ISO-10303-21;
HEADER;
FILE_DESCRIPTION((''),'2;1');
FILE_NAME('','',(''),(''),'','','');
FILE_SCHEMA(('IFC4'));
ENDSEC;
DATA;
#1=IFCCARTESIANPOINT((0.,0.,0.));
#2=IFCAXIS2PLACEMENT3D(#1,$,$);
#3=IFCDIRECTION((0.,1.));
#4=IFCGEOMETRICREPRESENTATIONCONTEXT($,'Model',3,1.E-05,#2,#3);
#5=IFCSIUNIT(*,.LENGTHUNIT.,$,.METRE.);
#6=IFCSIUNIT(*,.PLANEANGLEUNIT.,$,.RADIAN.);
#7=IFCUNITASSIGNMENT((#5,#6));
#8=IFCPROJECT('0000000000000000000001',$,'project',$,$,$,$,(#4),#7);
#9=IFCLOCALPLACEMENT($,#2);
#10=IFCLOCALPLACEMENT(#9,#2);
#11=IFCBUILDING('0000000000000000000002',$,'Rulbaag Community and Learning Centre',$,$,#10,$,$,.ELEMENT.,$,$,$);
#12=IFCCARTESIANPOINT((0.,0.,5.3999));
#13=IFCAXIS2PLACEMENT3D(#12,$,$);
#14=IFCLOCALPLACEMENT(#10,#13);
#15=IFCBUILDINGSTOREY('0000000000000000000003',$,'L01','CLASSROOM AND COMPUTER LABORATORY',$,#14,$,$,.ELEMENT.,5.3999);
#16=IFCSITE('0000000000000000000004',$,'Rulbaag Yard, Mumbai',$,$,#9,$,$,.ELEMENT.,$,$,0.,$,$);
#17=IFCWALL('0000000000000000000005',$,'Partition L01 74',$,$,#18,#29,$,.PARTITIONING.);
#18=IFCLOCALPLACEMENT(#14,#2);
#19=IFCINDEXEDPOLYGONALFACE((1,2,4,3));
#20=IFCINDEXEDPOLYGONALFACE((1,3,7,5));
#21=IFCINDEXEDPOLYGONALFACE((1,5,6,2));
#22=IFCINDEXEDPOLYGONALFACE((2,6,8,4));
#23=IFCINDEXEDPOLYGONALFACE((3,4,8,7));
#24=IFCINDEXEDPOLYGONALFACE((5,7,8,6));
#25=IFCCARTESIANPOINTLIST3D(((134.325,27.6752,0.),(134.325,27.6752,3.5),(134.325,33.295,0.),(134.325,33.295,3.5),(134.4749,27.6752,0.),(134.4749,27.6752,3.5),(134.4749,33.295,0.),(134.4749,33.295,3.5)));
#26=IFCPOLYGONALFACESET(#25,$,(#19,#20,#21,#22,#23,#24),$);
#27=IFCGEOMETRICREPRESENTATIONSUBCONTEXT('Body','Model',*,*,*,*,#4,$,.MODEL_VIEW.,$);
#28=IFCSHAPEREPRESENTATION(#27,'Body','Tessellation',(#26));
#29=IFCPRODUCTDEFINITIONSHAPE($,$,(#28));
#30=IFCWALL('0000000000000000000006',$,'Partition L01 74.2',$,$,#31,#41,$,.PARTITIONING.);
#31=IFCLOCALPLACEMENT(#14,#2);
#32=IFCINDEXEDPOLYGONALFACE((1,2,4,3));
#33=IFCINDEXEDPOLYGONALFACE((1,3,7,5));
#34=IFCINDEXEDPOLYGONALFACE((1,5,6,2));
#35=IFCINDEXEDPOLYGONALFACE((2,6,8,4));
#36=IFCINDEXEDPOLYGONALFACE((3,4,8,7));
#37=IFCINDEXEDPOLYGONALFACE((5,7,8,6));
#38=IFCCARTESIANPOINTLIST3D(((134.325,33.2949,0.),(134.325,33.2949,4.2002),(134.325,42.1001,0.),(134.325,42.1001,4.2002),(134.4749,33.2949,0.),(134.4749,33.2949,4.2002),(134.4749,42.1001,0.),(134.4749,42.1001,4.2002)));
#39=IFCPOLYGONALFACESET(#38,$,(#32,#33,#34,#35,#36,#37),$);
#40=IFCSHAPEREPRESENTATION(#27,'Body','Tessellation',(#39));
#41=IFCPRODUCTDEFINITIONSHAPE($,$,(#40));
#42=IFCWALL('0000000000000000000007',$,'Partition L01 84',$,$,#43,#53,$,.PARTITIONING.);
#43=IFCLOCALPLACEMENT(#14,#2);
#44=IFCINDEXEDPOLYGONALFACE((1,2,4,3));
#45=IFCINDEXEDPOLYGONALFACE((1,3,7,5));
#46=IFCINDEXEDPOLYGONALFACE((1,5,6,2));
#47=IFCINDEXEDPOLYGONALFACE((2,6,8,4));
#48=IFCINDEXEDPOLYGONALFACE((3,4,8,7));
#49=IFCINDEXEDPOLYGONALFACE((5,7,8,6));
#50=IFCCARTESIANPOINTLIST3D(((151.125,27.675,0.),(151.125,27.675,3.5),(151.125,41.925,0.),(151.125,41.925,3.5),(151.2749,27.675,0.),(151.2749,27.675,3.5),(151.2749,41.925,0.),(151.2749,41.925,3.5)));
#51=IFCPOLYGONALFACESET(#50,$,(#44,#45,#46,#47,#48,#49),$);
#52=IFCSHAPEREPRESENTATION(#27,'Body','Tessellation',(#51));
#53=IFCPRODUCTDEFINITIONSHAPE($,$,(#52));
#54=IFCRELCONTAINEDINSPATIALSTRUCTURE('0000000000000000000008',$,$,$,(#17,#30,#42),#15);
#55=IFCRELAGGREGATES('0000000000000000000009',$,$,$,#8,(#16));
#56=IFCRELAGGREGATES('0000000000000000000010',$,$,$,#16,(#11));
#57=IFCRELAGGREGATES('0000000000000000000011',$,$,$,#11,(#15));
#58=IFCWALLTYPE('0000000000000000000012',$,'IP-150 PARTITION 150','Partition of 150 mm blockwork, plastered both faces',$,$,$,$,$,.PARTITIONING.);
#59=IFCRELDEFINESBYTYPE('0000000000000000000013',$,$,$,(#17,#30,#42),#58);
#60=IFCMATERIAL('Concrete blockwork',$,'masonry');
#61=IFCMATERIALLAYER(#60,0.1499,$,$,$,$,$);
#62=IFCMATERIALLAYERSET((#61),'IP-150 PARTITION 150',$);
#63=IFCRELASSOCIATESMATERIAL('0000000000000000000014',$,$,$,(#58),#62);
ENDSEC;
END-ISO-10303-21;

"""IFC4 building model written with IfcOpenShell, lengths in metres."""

from ifc_helpers import new_model, si_unit, direction, frame, frame_2d, origin, place, context, subcontext, project, spatial, rectangle, extrude, material, layer, layer_set, type_object, element, save


model = new_model("IFC4")

# Units and contexts
model_context = context("Model", 3, precision=1e-05, world=origin(), true_north=direction((0.0, 1.0)))
body_context = subcontext(model_context, "Body", "Model", "MODEL_VIEW")
ifc_project = project(units=[si_unit("LENGTHUNIT", "METRE"), si_unit("PLANEANGLEUNIT", "RADIAN")], contexts=[model_context])

# Site, building, storey
site_placement = place(None, origin())
site = spatial("IfcSite", under=ifc_project, at=site_placement, Name="Rulbaag Yard, Mumbai", CompositionType="ELEMENT", RefElevation=0.0)
building_placement = place(site_placement, origin())
building = spatial("IfcBuilding", under=site, at=building_placement, Name="Rulbaag Community and Learning Centre", CompositionType="ELEMENT")
storey_placement = place(building_placement, frame((0.0, 0.0, 5.3999)))
storey = spatial("IfcBuildingStorey", under=building, at=storey_placement, Name="L01", Description="CLASSROOM AND COMPUTER LABORATORY", CompositionType="ELEMENT", Elevation=5.3999)

# Shared definitions
ifc_material_1 = material(Name="Concrete blockwork", Category="masonry")
ifc_layer_1 = layer(ifc_material_1, 0.1499)
ifc_layer_set_1 = layer_set([ifc_layer_1], Name="IP-150 PARTITION 150")
wall_type_1 = type_object("IfcWallType", Name="IP-150 PARTITION 150", Description="Partition of 150 mm blockwork, plastered both faces", PredefinedType="PARTITIONING", material=ifc_layer_set_1)

# Walls
wall_1_placement = place(storey_placement, frame((134.3999, 27.675, 0.0), z_axis=(0.0, 0.0, 1.0), x_axis=(0.0, 1.0, 0.0)))
element("IfcWall", 1, at=wall_1_placement, inside=storey, type_object=wall_type_1, Name="Partition L01 74", PredefinedType="PARTITIONING", context=body_context, shape_type="SweptSolid", body=[
    extrude(rectangle(XDim=5.6199, YDim=0.1499, at=frame_2d((2.8101, 0.0))), origin(), (0.0, 0.0, 1.0), 3.5),
])
wall_2_placement = place(storey_placement, frame((134.3999, 33.2949, 0.0), z_axis=(0.0, 0.0, 1.0), x_axis=(0.0, 1.0, 0.0)))
element("IfcWall", 2, at=wall_2_placement, inside=storey, type_object=wall_type_1, Name="Partition L01 74.2", PredefinedType="PARTITIONING", context=body_context, shape_type="SweptSolid", body=[
    extrude(rectangle(XDim=8.8052, YDim=0.1499, at=frame_2d((4.4026, 0.0))), origin(), (0.0, 0.0, 1.0), 4.2002),
])
wall_3_placement = place(storey_placement, frame((151.2, 27.675, 0.0), z_axis=(0.0, 0.0, 1.0), x_axis=(0.0, 1.0, 0.0)))
element("IfcWall", 3, at=wall_3_placement, inside=storey, type_object=wall_type_1, Name="Partition L01 84", PredefinedType="PARTITIONING", context=body_context, shape_type="SweptSolid", body=[
    extrude(rectangle(XDim=14.25, YDim=0.1499, at=frame_2d((7.125, 0.0))), origin(), (0.0, 0.0, 1.0), 3.5),
])

save(model, "model.ifc")
